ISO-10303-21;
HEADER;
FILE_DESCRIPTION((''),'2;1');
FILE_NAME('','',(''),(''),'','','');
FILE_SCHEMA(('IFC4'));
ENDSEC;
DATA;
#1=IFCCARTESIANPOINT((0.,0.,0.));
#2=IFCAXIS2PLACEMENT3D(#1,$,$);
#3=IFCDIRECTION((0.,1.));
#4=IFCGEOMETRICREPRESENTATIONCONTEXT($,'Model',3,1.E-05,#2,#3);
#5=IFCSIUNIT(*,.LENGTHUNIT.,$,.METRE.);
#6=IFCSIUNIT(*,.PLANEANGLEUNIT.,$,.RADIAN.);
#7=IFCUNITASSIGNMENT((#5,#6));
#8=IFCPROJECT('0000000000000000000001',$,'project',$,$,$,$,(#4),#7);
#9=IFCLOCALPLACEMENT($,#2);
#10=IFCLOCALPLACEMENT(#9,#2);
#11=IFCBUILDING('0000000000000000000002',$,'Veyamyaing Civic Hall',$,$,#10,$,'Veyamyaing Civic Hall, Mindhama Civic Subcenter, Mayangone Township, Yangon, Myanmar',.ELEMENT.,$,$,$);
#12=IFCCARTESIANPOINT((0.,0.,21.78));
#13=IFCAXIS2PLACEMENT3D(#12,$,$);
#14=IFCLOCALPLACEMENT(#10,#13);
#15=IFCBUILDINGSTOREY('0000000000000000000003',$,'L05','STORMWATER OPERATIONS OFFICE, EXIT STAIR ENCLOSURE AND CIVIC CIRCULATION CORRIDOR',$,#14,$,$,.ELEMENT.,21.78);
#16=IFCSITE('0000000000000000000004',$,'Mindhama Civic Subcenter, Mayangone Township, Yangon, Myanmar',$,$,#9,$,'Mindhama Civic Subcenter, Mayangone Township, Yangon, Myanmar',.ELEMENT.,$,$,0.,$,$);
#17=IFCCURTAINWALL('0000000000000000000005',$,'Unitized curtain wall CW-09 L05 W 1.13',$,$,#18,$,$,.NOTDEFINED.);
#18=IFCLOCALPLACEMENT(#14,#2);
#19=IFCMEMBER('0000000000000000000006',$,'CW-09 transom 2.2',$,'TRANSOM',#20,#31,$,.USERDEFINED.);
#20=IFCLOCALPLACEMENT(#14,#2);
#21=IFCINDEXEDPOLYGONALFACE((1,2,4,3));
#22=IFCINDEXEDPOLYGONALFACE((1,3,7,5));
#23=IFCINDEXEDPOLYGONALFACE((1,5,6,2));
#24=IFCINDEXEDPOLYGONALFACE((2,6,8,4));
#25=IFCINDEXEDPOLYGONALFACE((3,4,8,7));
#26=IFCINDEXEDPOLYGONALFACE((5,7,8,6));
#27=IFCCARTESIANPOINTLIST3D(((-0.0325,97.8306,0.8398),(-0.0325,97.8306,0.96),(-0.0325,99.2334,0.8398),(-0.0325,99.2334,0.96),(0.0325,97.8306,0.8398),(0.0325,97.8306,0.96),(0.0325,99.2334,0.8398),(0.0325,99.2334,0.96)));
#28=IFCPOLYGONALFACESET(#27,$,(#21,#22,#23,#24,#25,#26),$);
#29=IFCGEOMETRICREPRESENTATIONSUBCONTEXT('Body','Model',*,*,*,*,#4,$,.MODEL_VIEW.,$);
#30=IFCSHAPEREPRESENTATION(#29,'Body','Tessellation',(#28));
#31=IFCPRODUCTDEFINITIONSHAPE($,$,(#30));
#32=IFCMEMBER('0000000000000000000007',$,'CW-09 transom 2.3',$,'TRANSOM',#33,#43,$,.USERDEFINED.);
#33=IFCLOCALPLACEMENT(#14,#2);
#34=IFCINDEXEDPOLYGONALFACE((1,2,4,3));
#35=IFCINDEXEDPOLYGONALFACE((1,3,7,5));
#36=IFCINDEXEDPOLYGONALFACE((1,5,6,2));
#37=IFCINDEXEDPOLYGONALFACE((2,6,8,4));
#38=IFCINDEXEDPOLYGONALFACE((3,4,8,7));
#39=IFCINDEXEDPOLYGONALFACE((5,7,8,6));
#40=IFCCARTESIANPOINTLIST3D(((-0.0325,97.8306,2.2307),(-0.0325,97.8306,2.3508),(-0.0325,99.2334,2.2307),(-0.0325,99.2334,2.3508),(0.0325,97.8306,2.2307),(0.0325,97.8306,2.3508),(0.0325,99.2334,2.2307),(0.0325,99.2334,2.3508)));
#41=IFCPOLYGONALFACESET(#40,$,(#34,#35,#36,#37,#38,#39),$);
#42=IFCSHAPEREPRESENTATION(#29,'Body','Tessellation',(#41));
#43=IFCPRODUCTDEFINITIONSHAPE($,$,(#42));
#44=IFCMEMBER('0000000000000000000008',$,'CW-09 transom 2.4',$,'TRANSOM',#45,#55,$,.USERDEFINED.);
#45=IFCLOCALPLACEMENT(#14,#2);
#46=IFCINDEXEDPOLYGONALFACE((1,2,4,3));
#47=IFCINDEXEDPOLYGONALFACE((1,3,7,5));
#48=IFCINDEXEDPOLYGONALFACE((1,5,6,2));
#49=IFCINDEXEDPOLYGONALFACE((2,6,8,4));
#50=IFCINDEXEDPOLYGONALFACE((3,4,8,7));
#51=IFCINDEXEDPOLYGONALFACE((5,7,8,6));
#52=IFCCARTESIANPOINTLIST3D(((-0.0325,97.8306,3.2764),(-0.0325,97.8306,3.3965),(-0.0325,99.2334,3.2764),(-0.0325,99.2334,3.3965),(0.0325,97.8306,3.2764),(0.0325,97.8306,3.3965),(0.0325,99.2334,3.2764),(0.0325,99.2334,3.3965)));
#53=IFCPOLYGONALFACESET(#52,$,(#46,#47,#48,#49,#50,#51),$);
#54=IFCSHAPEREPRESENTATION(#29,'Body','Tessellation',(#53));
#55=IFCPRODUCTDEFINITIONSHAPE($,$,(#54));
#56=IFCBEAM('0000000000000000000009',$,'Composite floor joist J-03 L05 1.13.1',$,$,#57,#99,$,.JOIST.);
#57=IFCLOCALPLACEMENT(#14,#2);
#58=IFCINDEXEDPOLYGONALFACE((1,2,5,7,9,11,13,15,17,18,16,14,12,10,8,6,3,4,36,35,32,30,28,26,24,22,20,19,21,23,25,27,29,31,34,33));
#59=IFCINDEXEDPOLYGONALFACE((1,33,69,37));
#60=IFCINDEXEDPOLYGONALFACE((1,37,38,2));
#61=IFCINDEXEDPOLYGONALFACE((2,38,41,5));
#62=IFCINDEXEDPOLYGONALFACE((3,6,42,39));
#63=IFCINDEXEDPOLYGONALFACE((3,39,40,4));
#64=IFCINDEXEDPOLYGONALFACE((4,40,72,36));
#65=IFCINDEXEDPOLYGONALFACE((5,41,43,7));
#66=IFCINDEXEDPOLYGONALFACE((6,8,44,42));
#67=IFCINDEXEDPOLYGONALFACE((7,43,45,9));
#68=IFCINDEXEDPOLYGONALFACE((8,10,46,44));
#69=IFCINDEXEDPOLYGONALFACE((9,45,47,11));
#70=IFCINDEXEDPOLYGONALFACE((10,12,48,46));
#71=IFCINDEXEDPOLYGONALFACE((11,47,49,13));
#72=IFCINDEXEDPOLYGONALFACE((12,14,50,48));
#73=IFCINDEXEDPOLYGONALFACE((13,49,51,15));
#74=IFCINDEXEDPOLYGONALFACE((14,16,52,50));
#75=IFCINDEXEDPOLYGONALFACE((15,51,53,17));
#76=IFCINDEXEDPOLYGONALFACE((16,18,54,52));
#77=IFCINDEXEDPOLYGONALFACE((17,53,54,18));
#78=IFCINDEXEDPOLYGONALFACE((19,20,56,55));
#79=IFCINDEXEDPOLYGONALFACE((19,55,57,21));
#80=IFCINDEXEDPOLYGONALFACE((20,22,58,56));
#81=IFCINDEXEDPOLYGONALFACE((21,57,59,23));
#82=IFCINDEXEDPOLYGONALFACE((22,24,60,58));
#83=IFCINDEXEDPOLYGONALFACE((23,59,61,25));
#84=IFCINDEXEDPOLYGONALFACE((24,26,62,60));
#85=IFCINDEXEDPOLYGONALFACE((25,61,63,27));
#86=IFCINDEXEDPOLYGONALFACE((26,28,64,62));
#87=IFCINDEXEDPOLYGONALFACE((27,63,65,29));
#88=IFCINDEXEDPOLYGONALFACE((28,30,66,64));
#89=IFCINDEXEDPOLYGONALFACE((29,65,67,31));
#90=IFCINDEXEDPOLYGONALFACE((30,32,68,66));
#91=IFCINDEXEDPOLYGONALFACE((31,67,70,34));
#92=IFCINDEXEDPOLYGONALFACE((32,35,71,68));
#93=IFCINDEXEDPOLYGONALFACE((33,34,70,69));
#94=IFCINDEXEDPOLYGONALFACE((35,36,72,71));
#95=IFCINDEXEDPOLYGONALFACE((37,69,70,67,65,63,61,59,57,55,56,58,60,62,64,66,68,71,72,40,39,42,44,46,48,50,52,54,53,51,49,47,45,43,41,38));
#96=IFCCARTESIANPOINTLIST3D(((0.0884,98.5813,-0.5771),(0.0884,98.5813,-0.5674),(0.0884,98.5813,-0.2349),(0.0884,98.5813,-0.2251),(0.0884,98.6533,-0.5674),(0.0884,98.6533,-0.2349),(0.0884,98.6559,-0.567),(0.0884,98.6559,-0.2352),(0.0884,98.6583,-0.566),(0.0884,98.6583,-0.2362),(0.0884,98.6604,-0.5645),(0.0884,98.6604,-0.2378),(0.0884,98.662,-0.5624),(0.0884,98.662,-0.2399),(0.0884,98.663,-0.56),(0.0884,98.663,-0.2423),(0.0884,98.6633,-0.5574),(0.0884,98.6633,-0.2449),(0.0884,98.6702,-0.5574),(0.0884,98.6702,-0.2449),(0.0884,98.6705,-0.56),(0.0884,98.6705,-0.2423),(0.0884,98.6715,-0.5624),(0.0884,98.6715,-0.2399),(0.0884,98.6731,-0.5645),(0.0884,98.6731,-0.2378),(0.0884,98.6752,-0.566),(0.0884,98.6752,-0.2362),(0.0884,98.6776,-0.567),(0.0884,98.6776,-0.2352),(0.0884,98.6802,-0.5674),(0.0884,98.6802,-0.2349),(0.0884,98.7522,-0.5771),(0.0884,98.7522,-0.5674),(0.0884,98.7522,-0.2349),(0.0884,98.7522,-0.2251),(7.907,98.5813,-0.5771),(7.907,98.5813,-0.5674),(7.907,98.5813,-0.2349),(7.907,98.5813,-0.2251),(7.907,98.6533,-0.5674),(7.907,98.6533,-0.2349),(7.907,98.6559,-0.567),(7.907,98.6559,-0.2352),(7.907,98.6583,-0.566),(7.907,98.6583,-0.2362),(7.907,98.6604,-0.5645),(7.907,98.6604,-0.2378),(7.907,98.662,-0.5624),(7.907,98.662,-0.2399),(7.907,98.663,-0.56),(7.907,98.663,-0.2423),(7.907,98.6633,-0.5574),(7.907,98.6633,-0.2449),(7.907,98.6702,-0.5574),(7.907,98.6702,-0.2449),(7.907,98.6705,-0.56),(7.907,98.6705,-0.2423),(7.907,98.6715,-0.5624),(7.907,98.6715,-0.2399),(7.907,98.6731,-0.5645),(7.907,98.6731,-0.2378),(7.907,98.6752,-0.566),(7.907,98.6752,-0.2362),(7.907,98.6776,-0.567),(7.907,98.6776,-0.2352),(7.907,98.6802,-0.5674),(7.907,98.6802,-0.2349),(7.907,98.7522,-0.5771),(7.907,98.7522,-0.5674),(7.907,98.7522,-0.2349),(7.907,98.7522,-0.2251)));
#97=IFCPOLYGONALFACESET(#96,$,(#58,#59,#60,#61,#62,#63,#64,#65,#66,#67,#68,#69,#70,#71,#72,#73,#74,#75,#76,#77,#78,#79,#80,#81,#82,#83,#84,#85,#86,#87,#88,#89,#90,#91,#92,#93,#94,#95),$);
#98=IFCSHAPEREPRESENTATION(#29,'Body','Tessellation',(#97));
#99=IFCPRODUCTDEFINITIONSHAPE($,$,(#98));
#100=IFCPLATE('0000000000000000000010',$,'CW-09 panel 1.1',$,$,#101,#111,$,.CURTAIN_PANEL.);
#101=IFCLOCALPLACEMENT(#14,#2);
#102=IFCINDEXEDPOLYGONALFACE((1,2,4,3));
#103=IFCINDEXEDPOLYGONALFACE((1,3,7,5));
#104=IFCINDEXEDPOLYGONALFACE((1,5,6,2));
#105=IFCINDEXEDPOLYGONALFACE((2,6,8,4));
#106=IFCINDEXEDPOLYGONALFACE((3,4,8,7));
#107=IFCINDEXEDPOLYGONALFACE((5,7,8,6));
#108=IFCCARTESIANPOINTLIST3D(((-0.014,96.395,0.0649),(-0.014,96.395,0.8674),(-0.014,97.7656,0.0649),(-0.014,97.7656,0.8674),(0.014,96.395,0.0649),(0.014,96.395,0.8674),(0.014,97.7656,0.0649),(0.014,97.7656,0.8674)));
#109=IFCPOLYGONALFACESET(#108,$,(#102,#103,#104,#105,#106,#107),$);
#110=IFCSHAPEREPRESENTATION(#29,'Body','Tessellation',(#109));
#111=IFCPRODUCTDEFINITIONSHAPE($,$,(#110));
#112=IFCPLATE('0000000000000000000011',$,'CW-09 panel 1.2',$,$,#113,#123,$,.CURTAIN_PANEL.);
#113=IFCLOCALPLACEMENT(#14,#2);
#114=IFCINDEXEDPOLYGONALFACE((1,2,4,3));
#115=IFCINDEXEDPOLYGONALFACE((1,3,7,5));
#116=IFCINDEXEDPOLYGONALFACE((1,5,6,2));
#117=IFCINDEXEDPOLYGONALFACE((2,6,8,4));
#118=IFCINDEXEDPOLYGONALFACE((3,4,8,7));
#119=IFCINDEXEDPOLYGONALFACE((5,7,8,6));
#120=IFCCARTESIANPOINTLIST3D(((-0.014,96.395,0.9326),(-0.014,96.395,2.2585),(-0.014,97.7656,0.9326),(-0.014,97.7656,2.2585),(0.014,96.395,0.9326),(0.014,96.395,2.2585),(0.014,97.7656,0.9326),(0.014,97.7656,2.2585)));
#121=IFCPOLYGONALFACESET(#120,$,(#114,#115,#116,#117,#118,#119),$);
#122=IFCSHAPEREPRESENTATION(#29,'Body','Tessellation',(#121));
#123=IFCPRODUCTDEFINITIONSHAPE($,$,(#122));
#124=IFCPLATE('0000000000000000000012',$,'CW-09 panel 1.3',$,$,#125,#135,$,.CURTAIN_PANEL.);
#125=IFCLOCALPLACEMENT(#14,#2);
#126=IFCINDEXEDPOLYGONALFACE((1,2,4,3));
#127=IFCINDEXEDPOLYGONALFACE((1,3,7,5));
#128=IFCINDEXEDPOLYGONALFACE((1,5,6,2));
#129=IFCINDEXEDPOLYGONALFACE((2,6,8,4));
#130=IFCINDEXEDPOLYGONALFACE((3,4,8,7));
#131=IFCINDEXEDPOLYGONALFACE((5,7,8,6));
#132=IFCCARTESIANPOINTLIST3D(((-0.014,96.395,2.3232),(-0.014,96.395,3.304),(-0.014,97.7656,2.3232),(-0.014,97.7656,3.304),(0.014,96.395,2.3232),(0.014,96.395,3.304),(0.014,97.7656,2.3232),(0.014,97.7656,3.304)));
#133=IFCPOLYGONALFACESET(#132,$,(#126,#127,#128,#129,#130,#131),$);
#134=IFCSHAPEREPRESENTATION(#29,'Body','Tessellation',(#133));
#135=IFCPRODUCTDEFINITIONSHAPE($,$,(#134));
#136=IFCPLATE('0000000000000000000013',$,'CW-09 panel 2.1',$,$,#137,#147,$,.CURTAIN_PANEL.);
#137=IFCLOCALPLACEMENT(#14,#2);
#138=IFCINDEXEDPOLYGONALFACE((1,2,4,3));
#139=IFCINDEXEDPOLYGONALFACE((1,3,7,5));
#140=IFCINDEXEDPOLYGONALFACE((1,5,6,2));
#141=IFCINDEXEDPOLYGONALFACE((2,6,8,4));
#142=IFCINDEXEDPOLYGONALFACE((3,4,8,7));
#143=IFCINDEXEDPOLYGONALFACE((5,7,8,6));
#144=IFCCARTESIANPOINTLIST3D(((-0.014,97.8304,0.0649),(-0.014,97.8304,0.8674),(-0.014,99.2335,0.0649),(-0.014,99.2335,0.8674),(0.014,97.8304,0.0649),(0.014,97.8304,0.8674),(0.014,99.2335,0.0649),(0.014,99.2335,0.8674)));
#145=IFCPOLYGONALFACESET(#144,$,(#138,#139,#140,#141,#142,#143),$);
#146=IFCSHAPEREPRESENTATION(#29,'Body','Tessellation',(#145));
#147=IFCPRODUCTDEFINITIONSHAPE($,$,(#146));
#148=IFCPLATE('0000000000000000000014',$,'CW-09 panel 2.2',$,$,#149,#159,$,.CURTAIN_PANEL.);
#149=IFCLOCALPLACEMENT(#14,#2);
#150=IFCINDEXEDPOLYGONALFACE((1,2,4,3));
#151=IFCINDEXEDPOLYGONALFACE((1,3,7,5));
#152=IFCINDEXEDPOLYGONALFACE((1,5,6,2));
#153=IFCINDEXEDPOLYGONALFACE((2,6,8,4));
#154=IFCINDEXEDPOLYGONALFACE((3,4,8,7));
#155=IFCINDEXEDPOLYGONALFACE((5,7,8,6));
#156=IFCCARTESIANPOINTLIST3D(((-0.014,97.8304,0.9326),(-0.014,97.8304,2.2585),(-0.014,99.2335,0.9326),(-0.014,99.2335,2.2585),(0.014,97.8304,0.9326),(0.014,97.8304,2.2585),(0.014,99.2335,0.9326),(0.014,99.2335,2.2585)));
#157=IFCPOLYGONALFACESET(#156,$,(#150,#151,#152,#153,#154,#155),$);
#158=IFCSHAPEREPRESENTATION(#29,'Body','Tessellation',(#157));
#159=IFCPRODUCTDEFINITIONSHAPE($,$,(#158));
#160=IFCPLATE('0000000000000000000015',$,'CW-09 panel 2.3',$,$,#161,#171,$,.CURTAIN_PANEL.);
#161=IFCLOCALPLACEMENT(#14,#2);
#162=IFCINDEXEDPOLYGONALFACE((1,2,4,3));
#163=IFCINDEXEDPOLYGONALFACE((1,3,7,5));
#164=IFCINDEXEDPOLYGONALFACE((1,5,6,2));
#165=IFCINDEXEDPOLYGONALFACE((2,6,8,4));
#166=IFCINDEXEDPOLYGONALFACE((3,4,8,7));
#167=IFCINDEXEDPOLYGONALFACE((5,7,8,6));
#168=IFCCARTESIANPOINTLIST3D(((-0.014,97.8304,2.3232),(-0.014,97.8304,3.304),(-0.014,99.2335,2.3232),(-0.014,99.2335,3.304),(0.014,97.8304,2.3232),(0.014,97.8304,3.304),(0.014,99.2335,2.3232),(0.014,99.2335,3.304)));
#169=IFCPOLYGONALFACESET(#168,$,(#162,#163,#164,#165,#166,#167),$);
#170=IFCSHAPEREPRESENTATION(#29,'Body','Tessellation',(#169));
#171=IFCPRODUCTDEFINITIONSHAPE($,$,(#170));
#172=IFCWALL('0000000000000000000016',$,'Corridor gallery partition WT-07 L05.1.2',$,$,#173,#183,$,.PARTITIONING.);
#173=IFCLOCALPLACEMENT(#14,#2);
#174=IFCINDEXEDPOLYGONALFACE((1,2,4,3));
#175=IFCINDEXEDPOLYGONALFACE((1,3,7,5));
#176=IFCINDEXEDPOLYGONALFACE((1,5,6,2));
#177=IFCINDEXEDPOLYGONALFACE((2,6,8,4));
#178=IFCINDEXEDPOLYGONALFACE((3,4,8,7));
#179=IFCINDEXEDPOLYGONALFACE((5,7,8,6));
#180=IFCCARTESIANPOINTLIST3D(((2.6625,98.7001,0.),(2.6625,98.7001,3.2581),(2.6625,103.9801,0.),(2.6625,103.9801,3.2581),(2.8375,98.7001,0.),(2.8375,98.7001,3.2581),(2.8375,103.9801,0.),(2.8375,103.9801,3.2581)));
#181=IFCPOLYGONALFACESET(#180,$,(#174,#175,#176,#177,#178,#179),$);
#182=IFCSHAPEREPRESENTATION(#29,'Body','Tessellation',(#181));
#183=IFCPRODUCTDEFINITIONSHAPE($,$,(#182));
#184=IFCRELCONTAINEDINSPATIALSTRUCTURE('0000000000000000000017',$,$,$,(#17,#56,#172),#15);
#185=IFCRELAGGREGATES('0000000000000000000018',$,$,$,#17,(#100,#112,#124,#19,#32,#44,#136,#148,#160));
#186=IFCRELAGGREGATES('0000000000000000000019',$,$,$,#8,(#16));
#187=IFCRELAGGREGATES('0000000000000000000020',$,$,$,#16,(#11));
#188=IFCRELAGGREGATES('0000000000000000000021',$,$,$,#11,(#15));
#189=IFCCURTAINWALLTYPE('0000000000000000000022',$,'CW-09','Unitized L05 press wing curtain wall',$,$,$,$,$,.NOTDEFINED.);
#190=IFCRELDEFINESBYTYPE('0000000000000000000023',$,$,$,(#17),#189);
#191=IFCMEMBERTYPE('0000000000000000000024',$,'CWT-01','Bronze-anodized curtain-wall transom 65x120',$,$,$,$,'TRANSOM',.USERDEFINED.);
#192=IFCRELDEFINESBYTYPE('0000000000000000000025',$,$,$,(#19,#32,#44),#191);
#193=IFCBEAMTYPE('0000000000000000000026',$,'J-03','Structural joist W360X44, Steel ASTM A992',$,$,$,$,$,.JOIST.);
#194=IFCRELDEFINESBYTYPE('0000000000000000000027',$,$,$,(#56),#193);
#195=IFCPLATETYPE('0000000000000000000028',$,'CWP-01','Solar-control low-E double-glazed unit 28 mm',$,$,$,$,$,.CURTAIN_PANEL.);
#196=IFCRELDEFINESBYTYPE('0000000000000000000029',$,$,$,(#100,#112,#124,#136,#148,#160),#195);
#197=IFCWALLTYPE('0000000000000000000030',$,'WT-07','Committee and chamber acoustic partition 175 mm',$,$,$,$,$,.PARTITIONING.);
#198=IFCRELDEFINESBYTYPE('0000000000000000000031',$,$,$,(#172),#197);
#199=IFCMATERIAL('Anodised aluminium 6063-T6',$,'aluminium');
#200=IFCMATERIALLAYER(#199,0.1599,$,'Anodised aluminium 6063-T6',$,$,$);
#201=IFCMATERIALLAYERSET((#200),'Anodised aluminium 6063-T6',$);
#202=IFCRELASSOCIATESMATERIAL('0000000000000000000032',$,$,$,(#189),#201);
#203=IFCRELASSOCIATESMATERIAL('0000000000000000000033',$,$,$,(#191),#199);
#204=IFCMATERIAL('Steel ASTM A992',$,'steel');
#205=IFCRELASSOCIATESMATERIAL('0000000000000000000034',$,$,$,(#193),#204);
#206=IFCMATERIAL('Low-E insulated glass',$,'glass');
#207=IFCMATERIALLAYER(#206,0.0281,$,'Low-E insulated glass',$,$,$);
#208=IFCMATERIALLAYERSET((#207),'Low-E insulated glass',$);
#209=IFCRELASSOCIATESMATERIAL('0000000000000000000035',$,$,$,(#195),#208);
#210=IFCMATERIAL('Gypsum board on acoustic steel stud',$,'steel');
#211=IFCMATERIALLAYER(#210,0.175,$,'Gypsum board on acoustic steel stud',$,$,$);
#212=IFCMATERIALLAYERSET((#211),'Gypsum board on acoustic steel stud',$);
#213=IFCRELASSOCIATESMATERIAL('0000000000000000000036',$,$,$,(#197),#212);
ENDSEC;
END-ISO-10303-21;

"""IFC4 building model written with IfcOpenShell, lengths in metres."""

from ifc_helpers import new_model, si_unit, direction, frame, frame_2d, origin, origin_2d, place, context, subcontext, project, spatial, rectangle, i_section, extrude, material, layer, layer_set, material_profile, profile_set, type_object, element, aggregate, save


model = new_model("IFC4")

# Units and contexts
model_context = context("Model", 3, precision=1e-05, world=origin(), true_north=direction((0.0, 1.0)))
body_context = subcontext(model_context, "Body", "Model", "MODEL_VIEW")
ifc_project = project(units=[si_unit("LENGTHUNIT", "METRE"), si_unit("PLANEANGLEUNIT", "RADIAN")], contexts=[model_context])

# Site, building, storey
site_placement = place(None, origin())
site = spatial("IfcSite", under=ifc_project, at=site_placement, Name="Mindhama Civic Subcenter, Mayangone Township, Yangon, Myanmar", LongName="Mindhama Civic Subcenter, Mayangone Township, Yangon, Myanmar", CompositionType="ELEMENT", RefElevation=0.0)
building_placement = place(site_placement, origin())
building = spatial("IfcBuilding", under=site, at=building_placement, Name="Veyamyaing Civic Hall", LongName="Veyamyaing Civic Hall, Mindhama Civic Subcenter, Mayangone Township, Yangon, Myanmar", CompositionType="ELEMENT")
storey_placement = place(building_placement, frame((0.0, 0.0, 21.78)))
storey = spatial("IfcBuildingStorey", under=building, at=storey_placement, Name="L05", Description="STORMWATER OPERATIONS OFFICE, EXIT STAIR ENCLOSURE AND CIVIC CIRCULATION CORRIDOR", CompositionType="ELEMENT", Elevation=21.78)

# Shared definitions
ifc_material_1 = material(Name="Steel ASTM A992", Category="steel")

# Curtain wall, members
ifc_material_2 = material(Name="Anodised aluminium 6063-T6", Category="aluminium")
ifc_layer_1 = layer(ifc_material_2, 0.1599, Name="Anodised aluminium 6063-T6")
ifc_layer_set_1 = layer_set([ifc_layer_1], Name="Anodised aluminium 6063-T6")
curtain_wall_type = type_object("IfcCurtainWallType", Name="CW-09", Description="Unitized L05 press wing curtain wall", PredefinedType="NOTDEFINED", material=ifc_layer_set_1)
curtain_wall_placement = place(storey_placement, origin())
curtain_wall = element("IfcCurtainWall", 1, at=curtain_wall_placement, inside=storey, type_object=curtain_wall_type, Name="Unitized curtain wall CW-09 L05 W 1.13", PredefinedType="NOTDEFINED")
ifc_material_profile_1 = material_profile(ifc_material_2, rectangle(XDim=0.0649, YDim=0.1201, at=origin_2d()), Name="ALU-TRN-65X120")
ifc_profile_set_1 = profile_set([ifc_material_profile_1], Name="Anodised aluminium 6063-T6")
member_type_1 = type_object("IfcMemberType", Name="CWT-01", Description="Bronze-anodized curtain-wall transom 65x120", ElementType="TRANSOM", PredefinedType="USERDEFINED", material=ifc_profile_set_1)
member_1_placement = place(storey_placement, frame((0.0, 97.8306, 0.8999), z_axis=(0.0, 1.0, 0.0), x_axis=(-1.0, 0.0, 0.0)))
member_1 = element("IfcMember", 2, at=member_1_placement, type_object=member_type_1, Name="CW-09 transom 2.2", ObjectType="TRANSOM", PredefinedType="USERDEFINED", context=body_context, shape_type="SweptSolid", body=[
    extrude(rectangle(XDim=0.0649, YDim=0.1201, at=origin_2d()), origin(), (0.0, 0.0, 1.0), 1.4028),
])
member_2_placement = place(storey_placement, frame((0.0, 97.8306, 2.2908), z_axis=(0.0, 1.0, 0.0), x_axis=(-1.0, 0.0, 0.0)))
member_2 = element("IfcMember", 3, at=member_2_placement, type_object=member_type_1, Name="CW-09 transom 2.3", ObjectType="TRANSOM", PredefinedType="USERDEFINED", context=body_context, shape_type="SweptSolid", body=[
    extrude(rectangle(XDim=0.0649, YDim=0.1201, at=origin_2d()), origin(), (0.0, 0.0, 1.0), 1.4028),
])
member_3_placement = place(storey_placement, frame((0.0, 97.8306, 3.3364), z_axis=(0.0, 1.0, 0.0), x_axis=(-1.0, 0.0, 0.0)))
member_3 = element("IfcMember", 4, at=member_3_placement, type_object=member_type_1, Name="CW-09 transom 2.4", ObjectType="TRANSOM", PredefinedType="USERDEFINED", context=body_context, shape_type="SweptSolid", body=[
    extrude(rectangle(XDim=0.0649, YDim=0.1201, at=origin_2d()), origin(), (0.0, 0.0, 1.0), 1.4028),
])

# Beam
ifc_material_profile_2 = material_profile(ifc_material_1, i_section(OverallWidth=0.1709, OverallDepth=0.3521, WebThickness=0.0068, FlangeThickness=0.0098, FilletRadius=0.01, at=origin_2d()), Name="W360X44")
ifc_profile_set_2 = profile_set([ifc_material_profile_2], Name="Steel ASTM A992")
beam_type_1 = type_object("IfcBeamType", Name="J-03", Description="Structural joist W360X44, Steel ASTM A992", PredefinedType="JOIST", material=ifc_profile_set_2)
beam_1_placement = place(storey_placement, frame((0.0884, 98.6667, -0.4011), z_axis=(1.0, 0.0, 0.0), x_axis=(0.0, 1.0, 0.0)))
element("IfcBeam", 5, at=beam_1_placement, inside=storey, type_object=beam_type_1, Name="Composite floor joist J-03 L05 1.13.1", PredefinedType="JOIST", context=body_context, shape_type="SweptSolid", body=[
    extrude(i_section(OverallWidth=0.1709, OverallDepth=0.3521, WebThickness=0.0068, FlangeThickness=0.0098, FilletRadius=0.01, at=origin_2d()), origin(), (0.0, 0.0, 1.0), 7.8186),
])

# Plates
ifc_material_3 = material(Name="Low-E insulated glass", Category="glass")
ifc_layer_2 = layer(ifc_material_3, 0.0281, Name="Low-E insulated glass")
ifc_layer_set_2 = layer_set([ifc_layer_2], Name="Low-E insulated glass")
plate_type = type_object("IfcPlateType", Name="CWP-01", Description="Solar-control low-E double-glazed unit 28 mm", PredefinedType="CURTAIN_PANEL", material=ifc_layer_set_2)
plate_1_placement = place(storey_placement, frame((0.0, 97.0803, 0.0649), z_axis=(0.0, 0.0, 1.0), x_axis=(0.0, 1.0, 0.0)))
plate_1 = element("IfcPlate", 6, at=plate_1_placement, type_object=plate_type, Name="CW-09 panel 1.1", PredefinedType="CURTAIN_PANEL", context=body_context, shape_type="SweptSolid", body=[
    extrude(rectangle(XDim=1.3706, YDim=0.0281, at=origin_2d()), origin(), (0.0, 0.0, 1.0), 0.8025),
])
plate_2_placement = place(storey_placement, frame((0.0, 97.0803, 0.9326), z_axis=(0.0, 0.0, 1.0), x_axis=(0.0, 1.0, 0.0)))
plate_2 = element("IfcPlate", 7, at=plate_2_placement, type_object=plate_type, Name="CW-09 panel 1.2", PredefinedType="CURTAIN_PANEL", context=body_context, shape_type="SweptSolid", body=[
    extrude(rectangle(XDim=1.3706, YDim=0.0281, at=origin_2d()), origin(), (0.0, 0.0, 1.0), 1.3259),
])
plate_3_placement = place(storey_placement, frame((0.0, 97.0803, 2.3232), z_axis=(0.0, 0.0, 1.0), x_axis=(0.0, 1.0, 0.0)))
plate_3 = element("IfcPlate", 8, at=plate_3_placement, type_object=plate_type, Name="CW-09 panel 1.3", PredefinedType="CURTAIN_PANEL", context=body_context, shape_type="SweptSolid", body=[
    extrude(rectangle(XDim=1.3706, YDim=0.0281, at=origin_2d()), origin(), (0.0, 0.0, 1.0), 0.9807),
])
plate_4_placement = place(storey_placement, frame((0.0, 98.532, 0.0649), z_axis=(0.0, 0.0, 1.0), x_axis=(0.0, 1.0, 0.0)))
plate_4 = element("IfcPlate", 9, at=plate_4_placement, type_object=plate_type, Name="CW-09 panel 2.1", PredefinedType="CURTAIN_PANEL", context=body_context, shape_type="SweptSolid", body=[
    extrude(rectangle(XDim=1.4031, YDim=0.0281, at=origin_2d()), origin(), (0.0, 0.0, 1.0), 0.8025),
])
plate_5_placement = place(storey_placement, frame((0.0, 98.532, 0.9326), z_axis=(0.0, 0.0, 1.0), x_axis=(0.0, 1.0, 0.0)))
plate_5 = element("IfcPlate", 10, at=plate_5_placement, type_object=plate_type, Name="CW-09 panel 2.2", PredefinedType="CURTAIN_PANEL", context=body_context, shape_type="SweptSolid", body=[
    extrude(rectangle(XDim=1.4031, YDim=0.0281, at=origin_2d()), origin(), (0.0, 0.0, 1.0), 1.3259),
])
plate_6_placement = place(storey_placement, frame((0.0, 98.532, 2.3232), z_axis=(0.0, 0.0, 1.0), x_axis=(0.0, 1.0, 0.0)))
plate_6 = element("IfcPlate", 11, at=plate_6_placement, type_object=plate_type, Name="CW-09 panel 2.3", PredefinedType="CURTAIN_PANEL", context=body_context, shape_type="SweptSolid", body=[
    extrude(rectangle(XDim=1.4031, YDim=0.0281, at=origin_2d()), origin(), (0.0, 0.0, 1.0), 0.9807),
])
aggregate(curtain_wall, [plate_1, plate_2, plate_3, member_1, member_2, member_3, plate_4, plate_5, plate_6])

# Wall
ifc_material_4 = material(Name="Gypsum board on acoustic steel stud", Category="steel")
ifc_layer_3 = layer(ifc_material_4, 0.175, Name="Gypsum board on acoustic steel stud")
ifc_layer_set_3 = layer_set([ifc_layer_3], Name="Gypsum board on acoustic steel stud")
wall_type = type_object("IfcWallType", Name="WT-07", Description="Committee and chamber acoustic partition 175 mm", PredefinedType="PARTITIONING", material=ifc_layer_set_3)
wall_placement = place(storey_placement, frame((2.75, 98.7, 0.0), z_axis=(0.0, 0.0, 1.0), x_axis=(0.0, 1.0, 0.0)))
element("IfcWall", 12, at=wall_placement, inside=storey, type_object=wall_type, Name="Corridor gallery partition WT-07 L05.1.2", PredefinedType="PARTITIONING", context=body_context, shape_type="SweptSolid", body=[
    extrude(rectangle(XDim=5.28, YDim=0.175, at=frame_2d((2.6401, 0.0))), origin(), (0.0, 0.0, 1.0), 3.2581),
])

save(model, "model.ifc")
